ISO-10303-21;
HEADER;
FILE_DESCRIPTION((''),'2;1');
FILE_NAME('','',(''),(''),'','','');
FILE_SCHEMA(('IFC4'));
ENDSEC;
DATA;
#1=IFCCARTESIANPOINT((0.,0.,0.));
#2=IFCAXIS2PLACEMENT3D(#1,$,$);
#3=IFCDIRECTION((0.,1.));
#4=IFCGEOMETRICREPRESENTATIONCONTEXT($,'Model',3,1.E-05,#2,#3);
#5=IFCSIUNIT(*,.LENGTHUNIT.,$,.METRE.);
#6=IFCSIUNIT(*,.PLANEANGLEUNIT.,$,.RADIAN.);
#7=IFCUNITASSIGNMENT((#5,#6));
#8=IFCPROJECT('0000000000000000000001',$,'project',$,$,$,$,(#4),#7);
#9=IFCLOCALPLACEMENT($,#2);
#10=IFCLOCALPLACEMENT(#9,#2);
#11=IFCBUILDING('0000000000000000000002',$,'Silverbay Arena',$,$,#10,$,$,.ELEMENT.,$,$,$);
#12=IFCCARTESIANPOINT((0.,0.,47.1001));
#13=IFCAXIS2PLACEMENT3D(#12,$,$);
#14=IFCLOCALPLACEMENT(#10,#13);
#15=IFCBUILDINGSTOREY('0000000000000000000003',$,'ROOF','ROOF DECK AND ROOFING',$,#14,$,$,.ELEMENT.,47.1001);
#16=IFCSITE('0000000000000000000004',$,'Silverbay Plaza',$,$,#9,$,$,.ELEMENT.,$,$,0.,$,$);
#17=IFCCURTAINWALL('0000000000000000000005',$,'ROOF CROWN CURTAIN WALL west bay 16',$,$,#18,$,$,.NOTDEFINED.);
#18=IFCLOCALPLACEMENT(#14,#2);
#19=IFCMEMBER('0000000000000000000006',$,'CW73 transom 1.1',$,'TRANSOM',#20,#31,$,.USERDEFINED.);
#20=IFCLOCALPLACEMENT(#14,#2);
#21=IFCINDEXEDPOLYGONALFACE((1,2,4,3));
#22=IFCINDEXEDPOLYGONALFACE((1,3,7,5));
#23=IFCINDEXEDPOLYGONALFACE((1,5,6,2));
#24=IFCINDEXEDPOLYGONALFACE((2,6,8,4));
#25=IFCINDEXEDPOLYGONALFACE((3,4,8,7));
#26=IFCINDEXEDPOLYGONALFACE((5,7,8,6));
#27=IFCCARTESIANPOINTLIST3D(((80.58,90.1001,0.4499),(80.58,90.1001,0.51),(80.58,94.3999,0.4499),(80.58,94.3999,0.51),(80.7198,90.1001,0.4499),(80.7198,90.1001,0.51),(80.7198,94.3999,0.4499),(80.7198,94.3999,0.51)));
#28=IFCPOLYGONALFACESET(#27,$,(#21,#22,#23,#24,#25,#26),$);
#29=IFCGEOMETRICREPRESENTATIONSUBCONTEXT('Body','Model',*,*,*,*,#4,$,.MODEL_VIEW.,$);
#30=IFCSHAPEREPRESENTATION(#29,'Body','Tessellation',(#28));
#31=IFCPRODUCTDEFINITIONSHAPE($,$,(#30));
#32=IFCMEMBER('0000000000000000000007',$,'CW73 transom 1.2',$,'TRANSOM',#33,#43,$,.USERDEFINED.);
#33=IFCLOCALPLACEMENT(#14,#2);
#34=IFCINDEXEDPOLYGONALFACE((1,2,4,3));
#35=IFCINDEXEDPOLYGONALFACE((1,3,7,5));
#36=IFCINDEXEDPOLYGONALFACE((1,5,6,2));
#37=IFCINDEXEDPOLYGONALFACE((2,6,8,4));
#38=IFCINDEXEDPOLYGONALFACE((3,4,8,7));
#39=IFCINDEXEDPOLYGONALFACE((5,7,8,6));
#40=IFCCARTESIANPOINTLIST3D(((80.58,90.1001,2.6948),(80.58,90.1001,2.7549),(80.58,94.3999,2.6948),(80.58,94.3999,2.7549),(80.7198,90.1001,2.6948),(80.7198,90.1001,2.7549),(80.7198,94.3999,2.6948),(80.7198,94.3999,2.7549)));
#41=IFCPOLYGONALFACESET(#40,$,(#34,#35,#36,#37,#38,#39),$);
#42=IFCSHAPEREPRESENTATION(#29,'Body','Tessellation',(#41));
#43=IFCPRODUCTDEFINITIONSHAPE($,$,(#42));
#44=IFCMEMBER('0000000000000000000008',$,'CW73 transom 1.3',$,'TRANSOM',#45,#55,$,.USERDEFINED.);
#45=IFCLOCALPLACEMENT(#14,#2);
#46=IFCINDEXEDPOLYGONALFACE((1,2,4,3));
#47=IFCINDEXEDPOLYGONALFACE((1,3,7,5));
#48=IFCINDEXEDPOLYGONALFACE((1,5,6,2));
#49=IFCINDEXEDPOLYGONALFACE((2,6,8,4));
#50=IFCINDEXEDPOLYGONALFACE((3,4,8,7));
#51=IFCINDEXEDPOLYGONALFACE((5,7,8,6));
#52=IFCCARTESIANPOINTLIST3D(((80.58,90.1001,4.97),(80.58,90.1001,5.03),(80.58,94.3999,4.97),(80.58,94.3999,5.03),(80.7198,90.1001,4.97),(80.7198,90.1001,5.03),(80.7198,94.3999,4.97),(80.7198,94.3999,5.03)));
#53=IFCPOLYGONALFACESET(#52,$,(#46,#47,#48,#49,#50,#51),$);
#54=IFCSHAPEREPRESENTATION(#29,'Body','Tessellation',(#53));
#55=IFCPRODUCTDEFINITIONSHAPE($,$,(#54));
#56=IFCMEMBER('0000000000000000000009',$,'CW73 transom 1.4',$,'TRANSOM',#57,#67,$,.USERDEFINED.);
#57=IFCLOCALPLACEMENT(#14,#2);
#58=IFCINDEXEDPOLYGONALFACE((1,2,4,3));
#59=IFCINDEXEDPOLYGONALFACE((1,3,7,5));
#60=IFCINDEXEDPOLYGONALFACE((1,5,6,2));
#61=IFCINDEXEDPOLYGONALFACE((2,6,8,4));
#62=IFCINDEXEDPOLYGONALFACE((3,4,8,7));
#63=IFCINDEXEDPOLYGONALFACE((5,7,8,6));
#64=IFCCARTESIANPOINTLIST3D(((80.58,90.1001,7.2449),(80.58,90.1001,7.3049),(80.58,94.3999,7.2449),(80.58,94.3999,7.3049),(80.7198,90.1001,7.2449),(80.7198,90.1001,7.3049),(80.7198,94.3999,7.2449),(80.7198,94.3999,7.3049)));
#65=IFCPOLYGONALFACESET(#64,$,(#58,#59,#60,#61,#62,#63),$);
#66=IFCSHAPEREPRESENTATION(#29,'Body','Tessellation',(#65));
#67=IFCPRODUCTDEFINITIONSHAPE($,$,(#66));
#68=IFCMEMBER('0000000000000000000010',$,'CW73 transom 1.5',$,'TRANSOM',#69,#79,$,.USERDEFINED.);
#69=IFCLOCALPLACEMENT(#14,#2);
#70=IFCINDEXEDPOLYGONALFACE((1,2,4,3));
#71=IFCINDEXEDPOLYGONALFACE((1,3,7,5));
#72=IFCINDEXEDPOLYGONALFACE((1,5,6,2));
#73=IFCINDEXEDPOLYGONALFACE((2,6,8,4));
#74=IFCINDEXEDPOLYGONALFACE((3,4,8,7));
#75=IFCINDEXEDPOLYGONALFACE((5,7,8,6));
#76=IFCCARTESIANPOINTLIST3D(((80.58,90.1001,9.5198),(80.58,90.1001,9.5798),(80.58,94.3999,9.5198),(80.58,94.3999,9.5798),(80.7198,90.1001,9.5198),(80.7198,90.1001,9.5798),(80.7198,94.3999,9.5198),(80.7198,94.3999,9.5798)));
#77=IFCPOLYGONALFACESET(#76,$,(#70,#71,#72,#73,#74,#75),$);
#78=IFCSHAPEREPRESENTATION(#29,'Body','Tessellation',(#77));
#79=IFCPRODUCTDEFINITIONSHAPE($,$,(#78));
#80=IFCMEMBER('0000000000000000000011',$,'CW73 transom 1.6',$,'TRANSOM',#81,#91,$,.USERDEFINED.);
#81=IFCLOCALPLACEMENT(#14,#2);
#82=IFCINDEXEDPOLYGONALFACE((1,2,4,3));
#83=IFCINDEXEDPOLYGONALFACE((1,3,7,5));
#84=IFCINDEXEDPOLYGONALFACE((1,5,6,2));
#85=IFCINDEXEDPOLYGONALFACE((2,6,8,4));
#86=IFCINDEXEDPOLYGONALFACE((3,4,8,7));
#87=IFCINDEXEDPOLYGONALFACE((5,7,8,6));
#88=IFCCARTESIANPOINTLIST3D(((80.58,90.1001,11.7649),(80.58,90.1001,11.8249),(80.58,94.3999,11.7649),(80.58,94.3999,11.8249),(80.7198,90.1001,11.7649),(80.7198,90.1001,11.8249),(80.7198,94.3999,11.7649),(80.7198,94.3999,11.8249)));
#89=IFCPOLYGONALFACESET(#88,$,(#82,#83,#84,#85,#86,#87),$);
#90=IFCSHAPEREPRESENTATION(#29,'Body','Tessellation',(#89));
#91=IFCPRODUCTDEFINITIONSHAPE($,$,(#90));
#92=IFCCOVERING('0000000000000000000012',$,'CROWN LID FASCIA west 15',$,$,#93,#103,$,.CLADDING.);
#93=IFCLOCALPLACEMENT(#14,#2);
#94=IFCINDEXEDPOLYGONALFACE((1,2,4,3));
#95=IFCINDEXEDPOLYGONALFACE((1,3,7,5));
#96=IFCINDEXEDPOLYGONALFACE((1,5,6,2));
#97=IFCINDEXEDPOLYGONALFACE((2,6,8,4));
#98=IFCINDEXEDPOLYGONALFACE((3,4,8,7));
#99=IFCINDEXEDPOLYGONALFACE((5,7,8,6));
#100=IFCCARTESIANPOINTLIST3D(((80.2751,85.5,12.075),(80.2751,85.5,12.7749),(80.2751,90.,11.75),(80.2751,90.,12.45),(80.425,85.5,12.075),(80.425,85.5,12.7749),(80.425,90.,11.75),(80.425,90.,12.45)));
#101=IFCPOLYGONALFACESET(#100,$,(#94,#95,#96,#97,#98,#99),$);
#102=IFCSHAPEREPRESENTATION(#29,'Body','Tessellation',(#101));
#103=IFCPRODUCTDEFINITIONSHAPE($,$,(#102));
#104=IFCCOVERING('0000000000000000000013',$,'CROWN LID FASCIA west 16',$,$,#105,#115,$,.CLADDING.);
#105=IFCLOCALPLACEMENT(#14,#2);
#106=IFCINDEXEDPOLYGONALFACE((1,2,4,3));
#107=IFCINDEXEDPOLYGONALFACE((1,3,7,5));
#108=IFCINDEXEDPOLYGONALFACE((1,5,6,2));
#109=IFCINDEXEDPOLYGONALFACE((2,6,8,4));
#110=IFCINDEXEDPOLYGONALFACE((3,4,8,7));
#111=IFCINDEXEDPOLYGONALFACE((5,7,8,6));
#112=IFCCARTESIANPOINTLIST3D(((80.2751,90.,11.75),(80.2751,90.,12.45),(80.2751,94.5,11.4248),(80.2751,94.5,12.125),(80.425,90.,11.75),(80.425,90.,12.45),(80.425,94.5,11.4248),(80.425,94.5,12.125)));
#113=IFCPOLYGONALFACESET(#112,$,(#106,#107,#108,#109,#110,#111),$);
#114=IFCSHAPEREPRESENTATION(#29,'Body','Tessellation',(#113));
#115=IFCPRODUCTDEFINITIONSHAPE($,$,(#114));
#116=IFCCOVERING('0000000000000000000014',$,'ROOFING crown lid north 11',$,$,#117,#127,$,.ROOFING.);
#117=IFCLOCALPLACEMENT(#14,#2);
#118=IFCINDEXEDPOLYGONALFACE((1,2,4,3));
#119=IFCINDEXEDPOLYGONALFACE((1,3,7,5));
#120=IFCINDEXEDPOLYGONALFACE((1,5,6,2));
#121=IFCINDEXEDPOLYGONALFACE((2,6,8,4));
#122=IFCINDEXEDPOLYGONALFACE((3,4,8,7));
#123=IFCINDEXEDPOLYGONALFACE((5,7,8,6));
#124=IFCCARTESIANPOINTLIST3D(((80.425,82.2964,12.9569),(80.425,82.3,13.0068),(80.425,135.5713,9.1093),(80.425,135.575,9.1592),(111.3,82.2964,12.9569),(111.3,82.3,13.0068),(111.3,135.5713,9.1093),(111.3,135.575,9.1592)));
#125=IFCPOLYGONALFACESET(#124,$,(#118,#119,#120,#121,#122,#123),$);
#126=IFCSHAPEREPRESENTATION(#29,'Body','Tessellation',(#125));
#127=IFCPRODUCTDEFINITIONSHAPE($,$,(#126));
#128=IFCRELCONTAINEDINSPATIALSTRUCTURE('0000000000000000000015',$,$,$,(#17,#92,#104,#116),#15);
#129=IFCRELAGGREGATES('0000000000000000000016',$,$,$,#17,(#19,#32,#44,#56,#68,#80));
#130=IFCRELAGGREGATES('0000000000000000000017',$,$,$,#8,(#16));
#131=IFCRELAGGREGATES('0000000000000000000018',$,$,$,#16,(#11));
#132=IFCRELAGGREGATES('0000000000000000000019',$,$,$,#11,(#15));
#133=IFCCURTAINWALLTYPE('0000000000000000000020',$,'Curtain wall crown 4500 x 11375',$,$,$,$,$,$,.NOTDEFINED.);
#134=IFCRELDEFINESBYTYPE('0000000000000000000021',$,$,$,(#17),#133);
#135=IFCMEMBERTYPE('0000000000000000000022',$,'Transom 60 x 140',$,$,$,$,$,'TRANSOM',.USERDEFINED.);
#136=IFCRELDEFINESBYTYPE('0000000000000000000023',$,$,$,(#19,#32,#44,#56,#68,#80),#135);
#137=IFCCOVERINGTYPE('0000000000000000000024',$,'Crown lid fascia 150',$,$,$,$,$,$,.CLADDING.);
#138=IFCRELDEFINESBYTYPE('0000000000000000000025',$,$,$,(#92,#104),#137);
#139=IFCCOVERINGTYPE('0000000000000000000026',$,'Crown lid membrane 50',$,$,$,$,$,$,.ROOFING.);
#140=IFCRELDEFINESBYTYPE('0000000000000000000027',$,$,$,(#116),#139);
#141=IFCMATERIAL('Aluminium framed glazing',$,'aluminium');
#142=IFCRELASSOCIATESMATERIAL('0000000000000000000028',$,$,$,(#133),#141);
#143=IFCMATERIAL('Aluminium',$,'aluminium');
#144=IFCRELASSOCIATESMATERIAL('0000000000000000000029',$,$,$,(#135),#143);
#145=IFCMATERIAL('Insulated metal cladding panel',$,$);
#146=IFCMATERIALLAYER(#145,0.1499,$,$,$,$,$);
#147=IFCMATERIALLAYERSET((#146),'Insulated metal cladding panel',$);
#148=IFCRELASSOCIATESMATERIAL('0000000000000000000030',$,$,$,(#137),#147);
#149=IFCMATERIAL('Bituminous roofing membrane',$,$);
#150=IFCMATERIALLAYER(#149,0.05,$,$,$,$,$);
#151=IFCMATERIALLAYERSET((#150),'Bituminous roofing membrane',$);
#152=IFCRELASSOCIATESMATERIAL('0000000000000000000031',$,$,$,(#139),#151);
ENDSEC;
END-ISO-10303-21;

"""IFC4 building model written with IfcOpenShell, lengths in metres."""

from ifc_helpers import new_model, si_unit, direction, frame, origin, origin_2d, place, context, subcontext, project, spatial, polyline, rectangle, outline, extrude, material, layer, layer_set, material_profile, profile_set, type_object, element, aggregate, save


model = new_model("IFC4")

# Units and contexts
model_context = context("Model", 3, precision=1e-05, world=origin(), true_north=direction((0.0, 1.0)))
body_context = subcontext(model_context, "Body", "Model", "MODEL_VIEW")
ifc_project = project(units=[si_unit("LENGTHUNIT", "METRE"), si_unit("PLANEANGLEUNIT", "RADIAN")], contexts=[model_context])

# Site, building, storey
site_placement = place(None, origin())
site = spatial("IfcSite", under=ifc_project, at=site_placement, Name="Silverbay Plaza", CompositionType="ELEMENT", RefElevation=0.0)
building_placement = place(site_placement, origin())
building = spatial("IfcBuilding", under=site, at=building_placement, Name="Silverbay Arena", CompositionType="ELEMENT")
storey_placement = place(building_placement, frame((0.0, 0.0, 47.1001)))
storey = spatial("IfcBuildingStorey", under=building, at=storey_placement, Name="ROOF", Description="ROOF DECK AND ROOFING", CompositionType="ELEMENT", Elevation=47.1001)

# Shared definitions
placement = place(building_placement, frame((0.0, 0.0, 33.5)))

# Curtain wall
ifc_material_1 = material(Name="Aluminium framed glazing", Category="aluminium")
curtain_wall_type_1 = type_object("IfcCurtainWallType", Name="Curtain wall crown 4500 x 11375", PredefinedType="NOTDEFINED", material=ifc_material_1)
curtain_wall_1_placement = place(storey_placement, origin())
curtain_wall_1 = element("IfcCurtainWall", 1, at=curtain_wall_1_placement, inside=storey, type_object=curtain_wall_type_1, Name="ROOF CROWN CURTAIN WALL west bay 16", PredefinedType="NOTDEFINED")

# Members
ifc_material_2 = material(Name="Aluminium", Category="aluminium")
ifc_material_profile_1 = material_profile(ifc_material_2, rectangle(XDim=0.1399, YDim=0.0601, at=origin_2d()), Name="Transom 60 x 140")
ifc_profile_set_1 = profile_set([ifc_material_profile_1], Name="Aluminium")
member_type_1 = type_object("IfcMemberType", Name="Transom 60 x 140", ElementType="TRANSOM", PredefinedType="USERDEFINED", material=ifc_profile_set_1)
member_1_placement = place(placement, frame((80.6499, 90.1001, 14.0801), z_axis=(0.0, 1.0, 0.0), x_axis=(-1.0, 0.0, 0.0)))
member_1 = element("IfcMember", 2, at=member_1_placement, type_object=member_type_1, Name="CW73 transom 1.1", ObjectType="TRANSOM", PredefinedType="USERDEFINED", context=body_context, shape_type="SweptSolid", body=[
    extrude(rectangle(XDim=0.1399, YDim=0.0601, at=origin_2d()), origin(), (0.0, 0.0, 1.0), 4.2998),
])
member_2_placement = place(placement, frame((80.6499, 90.1001, 16.325), z_axis=(0.0, 1.0, 0.0), x_axis=(-1.0, 0.0, 0.0)))
member_2 = element("IfcMember", 3, at=member_2_placement, type_object=member_type_1, Name="CW73 transom 1.2", ObjectType="TRANSOM", PredefinedType="USERDEFINED", context=body_context, shape_type="SweptSolid", body=[
    extrude(rectangle(XDim=0.1399, YDim=0.0601, at=origin_2d()), origin(), (0.0, 0.0, 1.0), 4.2998),
])
member_3_placement = place(placement, frame((80.6499, 90.1001, 18.6001), z_axis=(0.0, 1.0, 0.0), x_axis=(-1.0, 0.0, 0.0)))
member_3 = element("IfcMember", 4, at=member_3_placement, type_object=member_type_1, Name="CW73 transom 1.3", ObjectType="TRANSOM", PredefinedType="USERDEFINED", context=body_context, shape_type="SweptSolid", body=[
    extrude(rectangle(XDim=0.1399, YDim=0.0601, at=origin_2d()), origin(), (0.0, 0.0, 1.0), 4.2998),
])
member_4_placement = place(placement, frame((80.6499, 90.1001, 20.875), z_axis=(0.0, 1.0, 0.0), x_axis=(-1.0, 0.0, 0.0)))
member_4 = element("IfcMember", 5, at=member_4_placement, type_object=member_type_1, Name="CW73 transom 1.4", ObjectType="TRANSOM", PredefinedType="USERDEFINED", context=body_context, shape_type="SweptSolid", body=[
    extrude(rectangle(XDim=0.1399, YDim=0.0601, at=origin_2d()), origin(), (0.0, 0.0, 1.0), 4.2998),
])
member_5_placement = place(placement, frame((80.6499, 90.1001, 23.1499), z_axis=(0.0, 1.0, 0.0), x_axis=(-1.0, 0.0, 0.0)))
member_5 = element("IfcMember", 6, at=member_5_placement, type_object=member_type_1, Name="CW73 transom 1.5", ObjectType="TRANSOM", PredefinedType="USERDEFINED", context=body_context, shape_type="SweptSolid", body=[
    extrude(rectangle(XDim=0.1399, YDim=0.0601, at=origin_2d()), origin(), (0.0, 0.0, 1.0), 4.2998),
])
member_6_placement = place(placement, frame((80.6499, 90.1001, 25.395), z_axis=(0.0, 1.0, 0.0), x_axis=(-1.0, 0.0, 0.0)))
member_6 = element("IfcMember", 7, at=member_6_placement, type_object=member_type_1, Name="CW73 transom 1.6", ObjectType="TRANSOM", PredefinedType="USERDEFINED", context=body_context, shape_type="SweptSolid", body=[
    extrude(rectangle(XDim=0.1399, YDim=0.0601, at=origin_2d()), origin(), (0.0, 0.0, 1.0), 4.2998),
])

aggregate(curtain_wall_1, [member_1, member_2, member_3, member_4, member_5, member_6])

# Coverings
ifc_material_3 = material(Name="Insulated metal cladding panel")
ifc_layer_1 = layer(ifc_material_3, 0.1499)
ifc_layer_set_1 = layer_set([ifc_layer_1], Name="Insulated metal cladding panel")
covering_type_1 = type_object("IfcCoveringType", Name="Crown lid fascia 150", PredefinedType="CLADDING", material=ifc_layer_set_1)
covering_1_placement = place(storey_placement, frame((80.425, 85.5, 12.075), z_axis=(1.0, 0.0, 0.0), x_axis=(0.0, 0.997403, -0.072024)))
element("IfcCovering", 8, at=covering_1_placement, inside=storey, type_object=covering_type_1, Name="CROWN LID FASCIA west 15", PredefinedType="CLADDING", context=body_context, shape_type="SweptSolid", body=[
    extrude(outline(polyline([(0.0, 0.0), (4.5117, 0.0), (4.4613, 0.6981), (-0.0504, 0.6981), (0.0, 0.0)])), origin(), (0.0, 0.0, -1.0), 0.1499),
])
covering_2_placement = place(storey_placement, frame((80.425, 90.0, 11.75), z_axis=(1.0, 0.0, 0.0), x_axis=(0.0, 0.997399, -0.072078)))
element("IfcCovering", 9, at=covering_2_placement, inside=storey, type_object=covering_type_1, Name="CROWN LID FASCIA west 16", PredefinedType="CLADDING", context=body_context, shape_type="SweptSolid", body=[
    extrude(outline(polyline([(0.0, 0.0), (4.5117, 0.0), (4.4613, 0.6984), (-0.0505, 0.6981), (0.0, 0.0)])), origin(), (0.0, 0.0, -1.0), 0.1499),
])
ifc_material_4 = material(Name="Bituminous roofing membrane")
ifc_layer_2 = layer(ifc_material_4, 0.05)
ifc_layer_set_2 = layer_set([ifc_layer_2], Name="Bituminous roofing membrane")
covering_type_2 = type_object("IfcCoveringType", Name="Crown lid membrane 50", PredefinedType="ROOFING", material=ifc_layer_set_2)
covering_3_placement = place(storey_placement, frame((80.425, 82.3, 13.0068), z_axis=(0.0, 0.072035, 0.997402), x_axis=(1.0, 0.0, 0.0)))
element("IfcCovering", 10, at=covering_3_placement, inside=storey, type_object=covering_type_2, Name="ROOFING crown lid north 11", PredefinedType="ROOFING", context=body_context, shape_type="SweptSolid", body=[
    extrude(outline(polyline([(0.0, 0.0), (30.875, 0.0), (30.875, 53.4137), (0.0, 53.4137), (0.0, 0.0)])), origin(), (0.0, 0.0, -1.0), 0.05),
])

save(model, "model.ifc")
